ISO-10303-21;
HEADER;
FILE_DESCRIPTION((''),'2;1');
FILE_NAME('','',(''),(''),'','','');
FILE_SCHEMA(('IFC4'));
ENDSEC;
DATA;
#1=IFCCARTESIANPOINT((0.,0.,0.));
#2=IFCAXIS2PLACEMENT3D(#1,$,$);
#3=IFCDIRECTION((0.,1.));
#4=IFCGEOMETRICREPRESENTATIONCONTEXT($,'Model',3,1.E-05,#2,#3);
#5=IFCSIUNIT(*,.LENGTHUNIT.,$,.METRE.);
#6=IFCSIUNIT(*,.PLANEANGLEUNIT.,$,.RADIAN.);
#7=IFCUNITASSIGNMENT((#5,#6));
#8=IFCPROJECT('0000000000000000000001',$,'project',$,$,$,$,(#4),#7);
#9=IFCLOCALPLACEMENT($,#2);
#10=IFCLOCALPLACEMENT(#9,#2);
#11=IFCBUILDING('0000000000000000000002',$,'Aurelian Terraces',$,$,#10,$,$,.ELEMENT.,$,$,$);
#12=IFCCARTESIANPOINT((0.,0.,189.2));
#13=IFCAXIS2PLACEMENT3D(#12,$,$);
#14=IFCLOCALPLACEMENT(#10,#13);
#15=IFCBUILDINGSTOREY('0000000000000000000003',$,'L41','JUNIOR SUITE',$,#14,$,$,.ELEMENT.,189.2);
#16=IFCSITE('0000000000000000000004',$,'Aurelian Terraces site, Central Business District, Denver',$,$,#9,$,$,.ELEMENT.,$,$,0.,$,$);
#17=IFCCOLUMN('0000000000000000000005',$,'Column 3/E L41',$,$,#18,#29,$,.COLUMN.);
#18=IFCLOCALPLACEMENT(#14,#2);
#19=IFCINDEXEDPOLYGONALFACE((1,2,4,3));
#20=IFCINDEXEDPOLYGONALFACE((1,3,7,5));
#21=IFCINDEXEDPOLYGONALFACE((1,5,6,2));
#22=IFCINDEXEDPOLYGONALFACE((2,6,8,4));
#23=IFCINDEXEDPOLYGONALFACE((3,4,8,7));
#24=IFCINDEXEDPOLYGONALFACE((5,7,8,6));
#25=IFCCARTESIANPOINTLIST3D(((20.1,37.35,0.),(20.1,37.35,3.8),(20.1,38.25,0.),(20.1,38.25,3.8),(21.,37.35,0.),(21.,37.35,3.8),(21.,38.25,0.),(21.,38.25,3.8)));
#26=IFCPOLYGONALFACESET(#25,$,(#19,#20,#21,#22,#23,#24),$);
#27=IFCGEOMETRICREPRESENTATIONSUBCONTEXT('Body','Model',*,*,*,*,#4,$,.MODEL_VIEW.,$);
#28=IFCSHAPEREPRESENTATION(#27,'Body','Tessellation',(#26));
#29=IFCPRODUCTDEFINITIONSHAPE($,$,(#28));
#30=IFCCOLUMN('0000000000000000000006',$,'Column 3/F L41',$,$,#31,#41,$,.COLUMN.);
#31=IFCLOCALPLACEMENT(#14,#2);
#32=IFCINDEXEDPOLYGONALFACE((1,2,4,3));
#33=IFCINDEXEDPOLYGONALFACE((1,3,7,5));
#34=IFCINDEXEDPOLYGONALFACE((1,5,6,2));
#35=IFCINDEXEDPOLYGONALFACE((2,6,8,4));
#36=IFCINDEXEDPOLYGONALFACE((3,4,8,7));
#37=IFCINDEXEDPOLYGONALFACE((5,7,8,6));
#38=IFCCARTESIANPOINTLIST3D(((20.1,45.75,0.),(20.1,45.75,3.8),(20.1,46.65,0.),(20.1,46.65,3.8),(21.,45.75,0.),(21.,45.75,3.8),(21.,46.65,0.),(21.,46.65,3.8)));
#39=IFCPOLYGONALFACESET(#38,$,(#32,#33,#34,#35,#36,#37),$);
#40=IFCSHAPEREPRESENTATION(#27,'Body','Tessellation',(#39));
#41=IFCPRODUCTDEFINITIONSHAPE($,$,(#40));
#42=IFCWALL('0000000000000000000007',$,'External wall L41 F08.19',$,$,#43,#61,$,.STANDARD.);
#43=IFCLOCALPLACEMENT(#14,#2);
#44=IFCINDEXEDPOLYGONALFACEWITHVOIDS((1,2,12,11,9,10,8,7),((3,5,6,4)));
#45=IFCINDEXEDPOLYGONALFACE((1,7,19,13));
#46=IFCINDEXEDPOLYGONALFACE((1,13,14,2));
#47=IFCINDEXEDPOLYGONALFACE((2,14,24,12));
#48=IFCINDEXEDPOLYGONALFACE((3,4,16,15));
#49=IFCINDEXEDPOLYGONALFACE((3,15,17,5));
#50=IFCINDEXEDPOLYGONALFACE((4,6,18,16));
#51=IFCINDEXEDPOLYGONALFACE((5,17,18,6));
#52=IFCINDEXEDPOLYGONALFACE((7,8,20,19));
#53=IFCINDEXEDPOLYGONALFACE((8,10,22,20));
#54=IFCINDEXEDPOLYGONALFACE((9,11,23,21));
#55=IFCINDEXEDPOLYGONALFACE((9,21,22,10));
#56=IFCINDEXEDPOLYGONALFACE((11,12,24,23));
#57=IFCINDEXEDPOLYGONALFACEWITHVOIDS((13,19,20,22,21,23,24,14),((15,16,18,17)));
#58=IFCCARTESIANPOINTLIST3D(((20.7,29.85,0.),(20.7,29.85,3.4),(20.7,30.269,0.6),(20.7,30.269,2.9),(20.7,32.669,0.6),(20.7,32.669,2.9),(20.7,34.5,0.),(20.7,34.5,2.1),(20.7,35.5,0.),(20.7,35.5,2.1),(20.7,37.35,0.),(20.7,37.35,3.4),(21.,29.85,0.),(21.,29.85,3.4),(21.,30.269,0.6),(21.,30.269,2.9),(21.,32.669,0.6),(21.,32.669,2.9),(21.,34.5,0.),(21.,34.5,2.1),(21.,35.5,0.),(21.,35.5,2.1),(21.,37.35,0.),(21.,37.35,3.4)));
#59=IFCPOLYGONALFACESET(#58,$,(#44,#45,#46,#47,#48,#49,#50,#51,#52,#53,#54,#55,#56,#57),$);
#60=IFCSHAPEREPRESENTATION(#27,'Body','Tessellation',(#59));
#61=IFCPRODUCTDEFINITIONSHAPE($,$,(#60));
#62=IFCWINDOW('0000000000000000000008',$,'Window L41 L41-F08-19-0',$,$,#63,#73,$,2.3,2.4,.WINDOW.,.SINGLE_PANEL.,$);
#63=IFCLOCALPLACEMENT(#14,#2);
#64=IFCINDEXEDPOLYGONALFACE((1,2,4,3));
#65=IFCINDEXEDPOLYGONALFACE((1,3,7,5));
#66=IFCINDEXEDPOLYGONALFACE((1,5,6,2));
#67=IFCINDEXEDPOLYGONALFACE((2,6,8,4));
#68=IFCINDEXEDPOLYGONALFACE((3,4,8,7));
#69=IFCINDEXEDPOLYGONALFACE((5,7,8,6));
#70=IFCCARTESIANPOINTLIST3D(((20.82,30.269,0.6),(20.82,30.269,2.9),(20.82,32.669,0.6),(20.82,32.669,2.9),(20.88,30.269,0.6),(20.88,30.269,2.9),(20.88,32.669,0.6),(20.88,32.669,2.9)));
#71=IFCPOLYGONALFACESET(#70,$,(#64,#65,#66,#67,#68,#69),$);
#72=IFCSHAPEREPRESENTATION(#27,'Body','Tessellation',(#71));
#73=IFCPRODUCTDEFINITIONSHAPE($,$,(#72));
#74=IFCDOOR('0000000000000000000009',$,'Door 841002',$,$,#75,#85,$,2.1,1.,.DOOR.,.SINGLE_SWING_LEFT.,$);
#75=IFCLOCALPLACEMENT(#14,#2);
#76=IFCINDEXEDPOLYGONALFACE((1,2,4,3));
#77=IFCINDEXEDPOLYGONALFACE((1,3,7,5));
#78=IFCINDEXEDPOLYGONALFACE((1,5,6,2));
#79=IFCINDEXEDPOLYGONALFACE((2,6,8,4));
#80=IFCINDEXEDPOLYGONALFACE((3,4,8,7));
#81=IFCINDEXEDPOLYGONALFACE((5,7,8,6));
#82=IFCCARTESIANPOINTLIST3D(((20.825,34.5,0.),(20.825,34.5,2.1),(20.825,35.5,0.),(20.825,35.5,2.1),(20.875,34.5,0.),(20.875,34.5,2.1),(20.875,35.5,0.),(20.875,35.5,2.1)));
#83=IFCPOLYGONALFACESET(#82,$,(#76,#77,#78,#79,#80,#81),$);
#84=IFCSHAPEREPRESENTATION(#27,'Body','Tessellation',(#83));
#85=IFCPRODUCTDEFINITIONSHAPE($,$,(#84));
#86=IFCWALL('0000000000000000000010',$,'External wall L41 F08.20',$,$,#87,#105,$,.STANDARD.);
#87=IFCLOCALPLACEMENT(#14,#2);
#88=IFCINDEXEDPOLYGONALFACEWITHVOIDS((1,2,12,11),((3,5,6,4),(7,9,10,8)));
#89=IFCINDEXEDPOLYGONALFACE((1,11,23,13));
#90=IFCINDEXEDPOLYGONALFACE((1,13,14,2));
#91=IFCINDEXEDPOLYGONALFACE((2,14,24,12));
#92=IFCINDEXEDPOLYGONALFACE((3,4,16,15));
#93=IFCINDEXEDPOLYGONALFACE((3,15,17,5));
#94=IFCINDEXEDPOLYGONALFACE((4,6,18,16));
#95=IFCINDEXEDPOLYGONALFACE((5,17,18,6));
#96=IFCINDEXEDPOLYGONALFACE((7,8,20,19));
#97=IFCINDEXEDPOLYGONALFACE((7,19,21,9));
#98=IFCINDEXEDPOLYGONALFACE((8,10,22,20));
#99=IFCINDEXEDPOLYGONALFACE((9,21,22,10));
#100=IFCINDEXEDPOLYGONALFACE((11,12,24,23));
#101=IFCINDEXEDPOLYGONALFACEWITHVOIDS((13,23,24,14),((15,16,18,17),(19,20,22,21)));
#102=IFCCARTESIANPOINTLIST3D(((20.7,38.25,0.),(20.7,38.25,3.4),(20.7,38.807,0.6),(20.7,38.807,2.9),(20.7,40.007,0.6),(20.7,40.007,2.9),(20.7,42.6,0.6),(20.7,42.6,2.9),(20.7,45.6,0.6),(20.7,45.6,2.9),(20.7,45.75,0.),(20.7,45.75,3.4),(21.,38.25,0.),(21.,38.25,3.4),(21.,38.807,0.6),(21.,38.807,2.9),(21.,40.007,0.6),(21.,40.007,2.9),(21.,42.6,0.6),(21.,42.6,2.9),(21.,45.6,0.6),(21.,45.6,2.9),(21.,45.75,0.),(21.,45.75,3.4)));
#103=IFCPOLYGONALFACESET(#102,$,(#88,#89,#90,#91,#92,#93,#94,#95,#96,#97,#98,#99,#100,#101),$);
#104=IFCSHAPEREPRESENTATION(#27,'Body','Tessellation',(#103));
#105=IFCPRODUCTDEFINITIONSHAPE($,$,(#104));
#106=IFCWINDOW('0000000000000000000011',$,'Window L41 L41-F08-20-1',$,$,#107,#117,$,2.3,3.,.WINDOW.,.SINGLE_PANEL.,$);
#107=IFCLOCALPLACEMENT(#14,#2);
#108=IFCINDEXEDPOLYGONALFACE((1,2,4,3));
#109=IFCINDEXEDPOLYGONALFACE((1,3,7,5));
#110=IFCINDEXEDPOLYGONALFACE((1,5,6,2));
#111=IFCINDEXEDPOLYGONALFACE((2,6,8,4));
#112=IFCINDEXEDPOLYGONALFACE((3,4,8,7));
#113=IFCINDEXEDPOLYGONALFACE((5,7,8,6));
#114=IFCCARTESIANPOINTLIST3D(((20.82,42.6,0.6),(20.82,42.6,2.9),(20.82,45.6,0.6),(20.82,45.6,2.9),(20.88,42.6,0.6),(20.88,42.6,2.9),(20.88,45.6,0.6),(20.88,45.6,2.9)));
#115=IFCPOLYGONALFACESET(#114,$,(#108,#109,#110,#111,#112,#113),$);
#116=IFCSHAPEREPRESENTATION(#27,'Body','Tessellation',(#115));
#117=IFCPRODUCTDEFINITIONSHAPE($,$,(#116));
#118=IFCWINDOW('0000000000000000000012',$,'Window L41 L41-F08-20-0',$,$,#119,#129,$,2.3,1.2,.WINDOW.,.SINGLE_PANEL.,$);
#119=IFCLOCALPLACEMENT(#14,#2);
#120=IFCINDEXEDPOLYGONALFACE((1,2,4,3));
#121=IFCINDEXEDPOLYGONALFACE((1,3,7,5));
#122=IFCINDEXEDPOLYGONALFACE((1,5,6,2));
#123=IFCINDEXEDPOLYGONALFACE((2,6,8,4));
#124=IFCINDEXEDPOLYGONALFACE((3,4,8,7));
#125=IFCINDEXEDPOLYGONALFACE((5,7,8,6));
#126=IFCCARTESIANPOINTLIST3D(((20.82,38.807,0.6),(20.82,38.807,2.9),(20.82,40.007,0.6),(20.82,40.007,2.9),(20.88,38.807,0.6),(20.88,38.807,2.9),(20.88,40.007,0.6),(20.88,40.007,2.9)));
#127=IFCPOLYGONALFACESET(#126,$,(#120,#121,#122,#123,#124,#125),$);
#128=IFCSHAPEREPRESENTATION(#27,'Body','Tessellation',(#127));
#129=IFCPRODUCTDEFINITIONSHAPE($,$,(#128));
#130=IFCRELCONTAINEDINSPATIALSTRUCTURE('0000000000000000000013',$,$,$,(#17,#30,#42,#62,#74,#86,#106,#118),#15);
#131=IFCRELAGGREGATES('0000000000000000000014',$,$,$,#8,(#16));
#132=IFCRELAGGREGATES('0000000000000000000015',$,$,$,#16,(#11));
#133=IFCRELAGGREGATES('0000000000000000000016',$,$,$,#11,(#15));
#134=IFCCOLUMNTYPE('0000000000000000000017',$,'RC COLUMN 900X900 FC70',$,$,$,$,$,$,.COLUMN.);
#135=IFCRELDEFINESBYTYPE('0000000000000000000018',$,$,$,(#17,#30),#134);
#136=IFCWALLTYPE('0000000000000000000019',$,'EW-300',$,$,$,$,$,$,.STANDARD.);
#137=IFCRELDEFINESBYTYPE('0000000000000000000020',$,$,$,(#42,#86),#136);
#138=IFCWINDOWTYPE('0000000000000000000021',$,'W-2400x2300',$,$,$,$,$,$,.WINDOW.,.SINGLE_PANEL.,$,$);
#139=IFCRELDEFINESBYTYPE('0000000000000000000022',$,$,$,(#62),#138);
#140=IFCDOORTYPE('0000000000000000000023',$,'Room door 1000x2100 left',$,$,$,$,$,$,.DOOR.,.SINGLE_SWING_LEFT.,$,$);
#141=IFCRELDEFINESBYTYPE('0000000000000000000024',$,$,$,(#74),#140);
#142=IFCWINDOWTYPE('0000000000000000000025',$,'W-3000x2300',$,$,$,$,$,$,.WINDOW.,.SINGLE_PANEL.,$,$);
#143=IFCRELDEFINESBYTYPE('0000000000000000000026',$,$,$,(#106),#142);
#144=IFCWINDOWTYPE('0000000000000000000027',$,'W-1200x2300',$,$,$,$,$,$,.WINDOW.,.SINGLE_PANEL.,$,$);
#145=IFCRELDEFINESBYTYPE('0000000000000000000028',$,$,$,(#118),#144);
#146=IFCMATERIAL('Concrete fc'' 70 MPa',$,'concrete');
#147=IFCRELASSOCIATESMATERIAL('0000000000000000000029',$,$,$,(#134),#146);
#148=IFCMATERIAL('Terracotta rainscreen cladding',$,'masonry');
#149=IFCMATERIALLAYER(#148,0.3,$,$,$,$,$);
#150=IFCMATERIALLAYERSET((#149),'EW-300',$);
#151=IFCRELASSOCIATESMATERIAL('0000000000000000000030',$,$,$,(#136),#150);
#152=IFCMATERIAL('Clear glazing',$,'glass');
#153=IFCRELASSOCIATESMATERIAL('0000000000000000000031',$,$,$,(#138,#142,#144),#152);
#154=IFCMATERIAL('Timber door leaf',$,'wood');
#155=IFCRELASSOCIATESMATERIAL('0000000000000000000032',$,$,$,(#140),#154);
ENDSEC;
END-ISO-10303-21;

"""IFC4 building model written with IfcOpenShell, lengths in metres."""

from ifc_helpers import new_model, si_unit, direction, frame, frame_2d, origin, origin_2d, place, context, subcontext, project, spatial, rectangle, extrude, source, transform, mapped, material, layer, layer_set, material_profile, profile_set, type_object, element, fill, save


model = new_model("IFC4")

# Units and contexts
model_context = context("Model", 3, precision=1e-05, world=origin(), true_north=direction((0.0, 1.0)))
body_context = subcontext(model_context, "Body", "Model", "MODEL_VIEW")
ifc_project = project(units=[si_unit("LENGTHUNIT", "METRE"), si_unit("PLANEANGLEUNIT", "RADIAN")], contexts=[model_context])

# Site, building, storey
site_placement = place(None, origin())
site = spatial("IfcSite", under=ifc_project, at=site_placement, Name="Aurelian Terraces site, Central Business District, Denver", CompositionType="ELEMENT", RefElevation=0.0)
building_placement = place(site_placement, origin())
building = spatial("IfcBuilding", under=site, at=building_placement, Name="Aurelian Terraces", CompositionType="ELEMENT")
storey_placement = place(building_placement, frame((0.0, 0.0, 189.2)))
storey = spatial("IfcBuildingStorey", under=building, at=storey_placement, Name="L41", Description="JUNIOR SUITE", CompositionType="ELEMENT", Elevation=189.2)

# Columns
ifc_material_1 = material(Name="Concrete fc' 70 MPa", Category="concrete")
ifc_material_profile = material_profile(ifc_material_1, rectangle(XDim=0.9, YDim=0.9, at=origin_2d()))
ifc_profile_set = profile_set([ifc_material_profile], Name="Concrete fc' 70 MPa")
column_type = type_object("IfcColumnType", Name="RC COLUMN 900X900 FC70", PredefinedType="COLUMN", material=ifc_profile_set)
shared_shape_1 = source(origin(), body_context, "Body", "SweptSolid", [
    extrude(rectangle(XDim=0.9, YDim=0.9, at=origin_2d()), origin(), (0.0, 0.0, 1.0), 3.8),
])
for number, where, z_axis, x_axis, name in (
    (1, (20.55, 37.8, 0.0), (0.0, 0.0, 1.0), (1.0, 0.0, 0.0), "Column 3/E L41"),
    (2, (20.55, 46.2, 0.0), (0.0, 0.0, 1.0), (1.0, 0.0, 0.0), "Column 3/F L41"),
):
    element("IfcColumn", number, at=place(storey_placement, frame(where, z_axis=z_axis, x_axis=x_axis)), inside=storey, type_object=column_type, Name=name, PredefinedType="COLUMN", context=body_context, shape_type="MappedRepresentation", body=[
        mapped(shared_shape_1, transform((0.0, 0.0, 0.0), scale=1.0)),
    ])

# Wall, openings, window, door
ifc_material_2 = material(Name="Terracotta rainscreen cladding", Category="masonry")
ifc_layer_1 = layer(ifc_material_2, 0.3)
ifc_layer_set_1 = layer_set([ifc_layer_1], Name="EW-300")
wall_type_1 = type_object("IfcWallType", Name="EW-300", PredefinedType="STANDARD", material=ifc_layer_set_1)
shared_shape_2 = source(origin(), body_context, "Body", "SweptSolid", [
    extrude(rectangle(XDim=7.5, YDim=0.3, at=frame_2d((3.75, 0.0))), origin(), (0.0, 0.0, 1.0), 3.4),
])
wall_1_placement = place(storey_placement, frame((20.85, 29.85, 0.0), z_axis=(0.0, 0.0, 1.0), x_axis=(0.0, 1.0, 0.0)))
wall_1 = element("IfcWall", 3, at=wall_1_placement, inside=storey, type_object=wall_type_1, Name="External wall L41 F08.19", PredefinedType="STANDARD", context=body_context, shape_type="MappedRepresentation", body=[
    mapped(shared_shape_2, transform((0.0, 0.0, 0.0), scale=1.0)),
])
shared_shape_3 = source(origin(), body_context, "Body", "SweptSolid", [
    extrude(rectangle(XDim=2.4, YDim=2.3, at=frame_2d((1.2, 1.15))), frame((0.0, 0.16, 0.0), z_axis=(0.0, -1.0, 0.0), x_axis=(1.0, 0.0, 0.0)), (0.0, 0.0, 1.0), 0.32),
])
opening_1_placement = place(wall_1_placement, frame((0.419, 0.0, 0.6)))
opening_1 = element("IfcOpeningElement", 4, at=opening_1_placement, cuts=wall_1, PredefinedType="OPENING", context=body_context, shape_type="MappedRepresentation", body=[
    mapped(shared_shape_3, transform((0.0, 0.0, 0.0), scale=1.0)),
])
shared_shape_4 = source(origin(), body_context, "Body", "SweptSolid", [
    extrude(rectangle(XDim=1.0, YDim=2.1, at=frame_2d((0.5, 1.05))), frame((0.0, 0.16, 0.0), z_axis=(0.0, -1.0, 0.0), x_axis=(1.0, 0.0, 0.0)), (0.0, 0.0, 1.0), 0.32),
])
opening_2_placement = place(wall_1_placement, frame((4.65, 0.0, 0.0)))
opening_2 = element("IfcOpeningElement", 5, at=opening_2_placement, cuts=wall_1, PredefinedType="OPENING", context=body_context, shape_type="MappedRepresentation", body=[
    mapped(shared_shape_4, transform((0.0, 0.0, 0.0), scale=1.0)),
])
ifc_material_3 = material(Name="Clear glazing", Category="glass")
window_type_1 = type_object("IfcWindowType", Name="W-2400x2300", PartitioningType="SINGLE_PANEL", PredefinedType="WINDOW", material=ifc_material_3)
shared_shape_5 = source(origin(), body_context, "Body", "SweptSolid", [
    extrude(rectangle(XDim=2.4, YDim=2.3, at=frame_2d((1.2, 1.15))), frame((0.0, 0.03, 0.0), z_axis=(0.0, -1.0, 0.0), x_axis=(1.0, 0.0, 0.0)), (0.0, 0.0, 1.0), 0.06),
])
window_1_placement = place(opening_1_placement, origin())
window_1 = element("IfcWindow", 6, at=window_1_placement, inside=storey, type_object=window_type_1, Name="Window L41 L41-F08-19-0", OverallHeight=2.3, OverallWidth=2.4, PartitioningType="SINGLE_PANEL", PredefinedType="WINDOW", context=body_context, shape_type="MappedRepresentation", body=[
    mapped(shared_shape_5, transform((0.0, 0.0, 0.0), scale=1.0)),
])
fill(opening_1, window_1)
ifc_material_4 = material(Name="Timber door leaf", Category="wood")
door_type = type_object("IfcDoorType", Name="Room door 1000x2100 left", OperationType="SINGLE_SWING_LEFT", PredefinedType="DOOR", material=ifc_material_4)
shared_shape_6 = source(origin(), body_context, "Body", "SweptSolid", [
    extrude(rectangle(XDim=1.0, YDim=2.1, at=frame_2d((0.5, 1.05))), frame((0.0, 0.025, 0.0), z_axis=(0.0, -1.0, 0.0), x_axis=(1.0, 0.0, 0.0)), (0.0, 0.0, 1.0), 0.05),
])
door_placement = place(opening_2_placement, origin())
door = element("IfcDoor", 7, at=door_placement, inside=storey, type_object=door_type, Name="Door 841002", OperationType="SINGLE_SWING_LEFT", OverallHeight=2.1, OverallWidth=1.0, PredefinedType="DOOR", context=body_context, shape_type="MappedRepresentation", body=[
    mapped(shared_shape_6, transform((0.0, 0.0, 0.0), scale=1.0)),
])
fill(opening_2, door)

# Wall, openings, windows
wall_2_placement = place(storey_placement, frame((20.85, 38.25, 0.0), z_axis=(0.0, 0.0, 1.0), x_axis=(0.0, 1.0, 0.0)))
wall_2 = element("IfcWall", 8, at=wall_2_placement, inside=storey, type_object=wall_type_1, Name="External wall L41 F08.20", PredefinedType="STANDARD", context=body_context, shape_type="MappedRepresentation", body=[
    mapped(shared_shape_2, transform((0.0, 0.0, 0.0), scale=1.0)),
])
shared_shape_7 = source(origin(), body_context, "Body", "SweptSolid", [
    extrude(rectangle(XDim=1.2, YDim=2.3, at=frame_2d((0.6, 1.15))), frame((0.0, 0.16, 0.0), z_axis=(0.0, -1.0, 0.0), x_axis=(1.0, 0.0, 0.0)), (0.0, 0.0, 1.0), 0.32),
])
opening_3_placement = place(wall_2_placement, frame((0.557, 0.0, 0.6)))
opening_3 = element("IfcOpeningElement", 9, at=opening_3_placement, cuts=wall_2, PredefinedType="OPENING", context=body_context, shape_type="MappedRepresentation", body=[
    mapped(shared_shape_7, transform((0.0, 0.0, 0.0), scale=1.0)),
])
shared_shape_8 = source(origin(), body_context, "Body", "SweptSolid", [
    extrude(rectangle(XDim=3.0, YDim=2.3, at=frame_2d((1.5, 1.15))), frame((0.0, 0.16, 0.0), z_axis=(0.0, -1.0, 0.0), x_axis=(1.0, 0.0, 0.0)), (0.0, 0.0, 1.0), 0.32),
])
opening_4_placement = place(wall_2_placement, frame((4.35, 0.0, 0.6)))
opening_4 = element("IfcOpeningElement", 10, at=opening_4_placement, cuts=wall_2, PredefinedType="OPENING", context=body_context, shape_type="MappedRepresentation", body=[
    mapped(shared_shape_8, transform((0.0, 0.0, 0.0), scale=1.0)),
])
window_type_2 = type_object("IfcWindowType", Name="W-3000x2300", PartitioningType="SINGLE_PANEL", PredefinedType="WINDOW", material=ifc_material_3)
shared_shape_9 = source(origin(), body_context, "Body", "SweptSolid", [
    extrude(rectangle(XDim=3.0, YDim=2.3, at=frame_2d((1.5, 1.15))), frame((0.0, 0.03, 0.0), z_axis=(0.0, -1.0, 0.0), x_axis=(1.0, 0.0, 0.0)), (0.0, 0.0, 1.0), 0.06),
])
window_2_placement = place(opening_4_placement, origin())
window_2 = element("IfcWindow", 11, at=window_2_placement, inside=storey, type_object=window_type_2, Name="Window L41 L41-F08-20-1", OverallHeight=2.3, OverallWidth=3.0, PartitioningType="SINGLE_PANEL", PredefinedType="WINDOW", context=body_context, shape_type="MappedRepresentation", body=[
    mapped(shared_shape_9, transform((0.0, 0.0, 0.0), scale=1.0)),
])
fill(opening_4, window_2)
window_type_3 = type_object("IfcWindowType", Name="W-1200x2300", PartitioningType="SINGLE_PANEL", PredefinedType="WINDOW", material=ifc_material_3)
shared_shape_10 = source(origin(), body_context, "Body", "SweptSolid", [
    extrude(rectangle(XDim=1.2, YDim=2.3, at=frame_2d((0.6, 1.15))), frame((0.0, 0.03, 0.0), z_axis=(0.0, -1.0, 0.0), x_axis=(1.0, 0.0, 0.0)), (0.0, 0.0, 1.0), 0.06),
])
window_3_placement = place(opening_3_placement, origin())
window_3 = element("IfcWindow", 12, at=window_3_placement, inside=storey, type_object=window_type_3, Name="Window L41 L41-F08-20-0", OverallHeight=2.3, OverallWidth=1.2, PartitioningType="SINGLE_PANEL", PredefinedType="WINDOW", context=body_context, shape_type="MappedRepresentation", body=[
    mapped(shared_shape_10, transform((0.0, 0.0, 0.0), scale=1.0)),
])
fill(opening_3, window_3)

save(model, "model.ifc")
